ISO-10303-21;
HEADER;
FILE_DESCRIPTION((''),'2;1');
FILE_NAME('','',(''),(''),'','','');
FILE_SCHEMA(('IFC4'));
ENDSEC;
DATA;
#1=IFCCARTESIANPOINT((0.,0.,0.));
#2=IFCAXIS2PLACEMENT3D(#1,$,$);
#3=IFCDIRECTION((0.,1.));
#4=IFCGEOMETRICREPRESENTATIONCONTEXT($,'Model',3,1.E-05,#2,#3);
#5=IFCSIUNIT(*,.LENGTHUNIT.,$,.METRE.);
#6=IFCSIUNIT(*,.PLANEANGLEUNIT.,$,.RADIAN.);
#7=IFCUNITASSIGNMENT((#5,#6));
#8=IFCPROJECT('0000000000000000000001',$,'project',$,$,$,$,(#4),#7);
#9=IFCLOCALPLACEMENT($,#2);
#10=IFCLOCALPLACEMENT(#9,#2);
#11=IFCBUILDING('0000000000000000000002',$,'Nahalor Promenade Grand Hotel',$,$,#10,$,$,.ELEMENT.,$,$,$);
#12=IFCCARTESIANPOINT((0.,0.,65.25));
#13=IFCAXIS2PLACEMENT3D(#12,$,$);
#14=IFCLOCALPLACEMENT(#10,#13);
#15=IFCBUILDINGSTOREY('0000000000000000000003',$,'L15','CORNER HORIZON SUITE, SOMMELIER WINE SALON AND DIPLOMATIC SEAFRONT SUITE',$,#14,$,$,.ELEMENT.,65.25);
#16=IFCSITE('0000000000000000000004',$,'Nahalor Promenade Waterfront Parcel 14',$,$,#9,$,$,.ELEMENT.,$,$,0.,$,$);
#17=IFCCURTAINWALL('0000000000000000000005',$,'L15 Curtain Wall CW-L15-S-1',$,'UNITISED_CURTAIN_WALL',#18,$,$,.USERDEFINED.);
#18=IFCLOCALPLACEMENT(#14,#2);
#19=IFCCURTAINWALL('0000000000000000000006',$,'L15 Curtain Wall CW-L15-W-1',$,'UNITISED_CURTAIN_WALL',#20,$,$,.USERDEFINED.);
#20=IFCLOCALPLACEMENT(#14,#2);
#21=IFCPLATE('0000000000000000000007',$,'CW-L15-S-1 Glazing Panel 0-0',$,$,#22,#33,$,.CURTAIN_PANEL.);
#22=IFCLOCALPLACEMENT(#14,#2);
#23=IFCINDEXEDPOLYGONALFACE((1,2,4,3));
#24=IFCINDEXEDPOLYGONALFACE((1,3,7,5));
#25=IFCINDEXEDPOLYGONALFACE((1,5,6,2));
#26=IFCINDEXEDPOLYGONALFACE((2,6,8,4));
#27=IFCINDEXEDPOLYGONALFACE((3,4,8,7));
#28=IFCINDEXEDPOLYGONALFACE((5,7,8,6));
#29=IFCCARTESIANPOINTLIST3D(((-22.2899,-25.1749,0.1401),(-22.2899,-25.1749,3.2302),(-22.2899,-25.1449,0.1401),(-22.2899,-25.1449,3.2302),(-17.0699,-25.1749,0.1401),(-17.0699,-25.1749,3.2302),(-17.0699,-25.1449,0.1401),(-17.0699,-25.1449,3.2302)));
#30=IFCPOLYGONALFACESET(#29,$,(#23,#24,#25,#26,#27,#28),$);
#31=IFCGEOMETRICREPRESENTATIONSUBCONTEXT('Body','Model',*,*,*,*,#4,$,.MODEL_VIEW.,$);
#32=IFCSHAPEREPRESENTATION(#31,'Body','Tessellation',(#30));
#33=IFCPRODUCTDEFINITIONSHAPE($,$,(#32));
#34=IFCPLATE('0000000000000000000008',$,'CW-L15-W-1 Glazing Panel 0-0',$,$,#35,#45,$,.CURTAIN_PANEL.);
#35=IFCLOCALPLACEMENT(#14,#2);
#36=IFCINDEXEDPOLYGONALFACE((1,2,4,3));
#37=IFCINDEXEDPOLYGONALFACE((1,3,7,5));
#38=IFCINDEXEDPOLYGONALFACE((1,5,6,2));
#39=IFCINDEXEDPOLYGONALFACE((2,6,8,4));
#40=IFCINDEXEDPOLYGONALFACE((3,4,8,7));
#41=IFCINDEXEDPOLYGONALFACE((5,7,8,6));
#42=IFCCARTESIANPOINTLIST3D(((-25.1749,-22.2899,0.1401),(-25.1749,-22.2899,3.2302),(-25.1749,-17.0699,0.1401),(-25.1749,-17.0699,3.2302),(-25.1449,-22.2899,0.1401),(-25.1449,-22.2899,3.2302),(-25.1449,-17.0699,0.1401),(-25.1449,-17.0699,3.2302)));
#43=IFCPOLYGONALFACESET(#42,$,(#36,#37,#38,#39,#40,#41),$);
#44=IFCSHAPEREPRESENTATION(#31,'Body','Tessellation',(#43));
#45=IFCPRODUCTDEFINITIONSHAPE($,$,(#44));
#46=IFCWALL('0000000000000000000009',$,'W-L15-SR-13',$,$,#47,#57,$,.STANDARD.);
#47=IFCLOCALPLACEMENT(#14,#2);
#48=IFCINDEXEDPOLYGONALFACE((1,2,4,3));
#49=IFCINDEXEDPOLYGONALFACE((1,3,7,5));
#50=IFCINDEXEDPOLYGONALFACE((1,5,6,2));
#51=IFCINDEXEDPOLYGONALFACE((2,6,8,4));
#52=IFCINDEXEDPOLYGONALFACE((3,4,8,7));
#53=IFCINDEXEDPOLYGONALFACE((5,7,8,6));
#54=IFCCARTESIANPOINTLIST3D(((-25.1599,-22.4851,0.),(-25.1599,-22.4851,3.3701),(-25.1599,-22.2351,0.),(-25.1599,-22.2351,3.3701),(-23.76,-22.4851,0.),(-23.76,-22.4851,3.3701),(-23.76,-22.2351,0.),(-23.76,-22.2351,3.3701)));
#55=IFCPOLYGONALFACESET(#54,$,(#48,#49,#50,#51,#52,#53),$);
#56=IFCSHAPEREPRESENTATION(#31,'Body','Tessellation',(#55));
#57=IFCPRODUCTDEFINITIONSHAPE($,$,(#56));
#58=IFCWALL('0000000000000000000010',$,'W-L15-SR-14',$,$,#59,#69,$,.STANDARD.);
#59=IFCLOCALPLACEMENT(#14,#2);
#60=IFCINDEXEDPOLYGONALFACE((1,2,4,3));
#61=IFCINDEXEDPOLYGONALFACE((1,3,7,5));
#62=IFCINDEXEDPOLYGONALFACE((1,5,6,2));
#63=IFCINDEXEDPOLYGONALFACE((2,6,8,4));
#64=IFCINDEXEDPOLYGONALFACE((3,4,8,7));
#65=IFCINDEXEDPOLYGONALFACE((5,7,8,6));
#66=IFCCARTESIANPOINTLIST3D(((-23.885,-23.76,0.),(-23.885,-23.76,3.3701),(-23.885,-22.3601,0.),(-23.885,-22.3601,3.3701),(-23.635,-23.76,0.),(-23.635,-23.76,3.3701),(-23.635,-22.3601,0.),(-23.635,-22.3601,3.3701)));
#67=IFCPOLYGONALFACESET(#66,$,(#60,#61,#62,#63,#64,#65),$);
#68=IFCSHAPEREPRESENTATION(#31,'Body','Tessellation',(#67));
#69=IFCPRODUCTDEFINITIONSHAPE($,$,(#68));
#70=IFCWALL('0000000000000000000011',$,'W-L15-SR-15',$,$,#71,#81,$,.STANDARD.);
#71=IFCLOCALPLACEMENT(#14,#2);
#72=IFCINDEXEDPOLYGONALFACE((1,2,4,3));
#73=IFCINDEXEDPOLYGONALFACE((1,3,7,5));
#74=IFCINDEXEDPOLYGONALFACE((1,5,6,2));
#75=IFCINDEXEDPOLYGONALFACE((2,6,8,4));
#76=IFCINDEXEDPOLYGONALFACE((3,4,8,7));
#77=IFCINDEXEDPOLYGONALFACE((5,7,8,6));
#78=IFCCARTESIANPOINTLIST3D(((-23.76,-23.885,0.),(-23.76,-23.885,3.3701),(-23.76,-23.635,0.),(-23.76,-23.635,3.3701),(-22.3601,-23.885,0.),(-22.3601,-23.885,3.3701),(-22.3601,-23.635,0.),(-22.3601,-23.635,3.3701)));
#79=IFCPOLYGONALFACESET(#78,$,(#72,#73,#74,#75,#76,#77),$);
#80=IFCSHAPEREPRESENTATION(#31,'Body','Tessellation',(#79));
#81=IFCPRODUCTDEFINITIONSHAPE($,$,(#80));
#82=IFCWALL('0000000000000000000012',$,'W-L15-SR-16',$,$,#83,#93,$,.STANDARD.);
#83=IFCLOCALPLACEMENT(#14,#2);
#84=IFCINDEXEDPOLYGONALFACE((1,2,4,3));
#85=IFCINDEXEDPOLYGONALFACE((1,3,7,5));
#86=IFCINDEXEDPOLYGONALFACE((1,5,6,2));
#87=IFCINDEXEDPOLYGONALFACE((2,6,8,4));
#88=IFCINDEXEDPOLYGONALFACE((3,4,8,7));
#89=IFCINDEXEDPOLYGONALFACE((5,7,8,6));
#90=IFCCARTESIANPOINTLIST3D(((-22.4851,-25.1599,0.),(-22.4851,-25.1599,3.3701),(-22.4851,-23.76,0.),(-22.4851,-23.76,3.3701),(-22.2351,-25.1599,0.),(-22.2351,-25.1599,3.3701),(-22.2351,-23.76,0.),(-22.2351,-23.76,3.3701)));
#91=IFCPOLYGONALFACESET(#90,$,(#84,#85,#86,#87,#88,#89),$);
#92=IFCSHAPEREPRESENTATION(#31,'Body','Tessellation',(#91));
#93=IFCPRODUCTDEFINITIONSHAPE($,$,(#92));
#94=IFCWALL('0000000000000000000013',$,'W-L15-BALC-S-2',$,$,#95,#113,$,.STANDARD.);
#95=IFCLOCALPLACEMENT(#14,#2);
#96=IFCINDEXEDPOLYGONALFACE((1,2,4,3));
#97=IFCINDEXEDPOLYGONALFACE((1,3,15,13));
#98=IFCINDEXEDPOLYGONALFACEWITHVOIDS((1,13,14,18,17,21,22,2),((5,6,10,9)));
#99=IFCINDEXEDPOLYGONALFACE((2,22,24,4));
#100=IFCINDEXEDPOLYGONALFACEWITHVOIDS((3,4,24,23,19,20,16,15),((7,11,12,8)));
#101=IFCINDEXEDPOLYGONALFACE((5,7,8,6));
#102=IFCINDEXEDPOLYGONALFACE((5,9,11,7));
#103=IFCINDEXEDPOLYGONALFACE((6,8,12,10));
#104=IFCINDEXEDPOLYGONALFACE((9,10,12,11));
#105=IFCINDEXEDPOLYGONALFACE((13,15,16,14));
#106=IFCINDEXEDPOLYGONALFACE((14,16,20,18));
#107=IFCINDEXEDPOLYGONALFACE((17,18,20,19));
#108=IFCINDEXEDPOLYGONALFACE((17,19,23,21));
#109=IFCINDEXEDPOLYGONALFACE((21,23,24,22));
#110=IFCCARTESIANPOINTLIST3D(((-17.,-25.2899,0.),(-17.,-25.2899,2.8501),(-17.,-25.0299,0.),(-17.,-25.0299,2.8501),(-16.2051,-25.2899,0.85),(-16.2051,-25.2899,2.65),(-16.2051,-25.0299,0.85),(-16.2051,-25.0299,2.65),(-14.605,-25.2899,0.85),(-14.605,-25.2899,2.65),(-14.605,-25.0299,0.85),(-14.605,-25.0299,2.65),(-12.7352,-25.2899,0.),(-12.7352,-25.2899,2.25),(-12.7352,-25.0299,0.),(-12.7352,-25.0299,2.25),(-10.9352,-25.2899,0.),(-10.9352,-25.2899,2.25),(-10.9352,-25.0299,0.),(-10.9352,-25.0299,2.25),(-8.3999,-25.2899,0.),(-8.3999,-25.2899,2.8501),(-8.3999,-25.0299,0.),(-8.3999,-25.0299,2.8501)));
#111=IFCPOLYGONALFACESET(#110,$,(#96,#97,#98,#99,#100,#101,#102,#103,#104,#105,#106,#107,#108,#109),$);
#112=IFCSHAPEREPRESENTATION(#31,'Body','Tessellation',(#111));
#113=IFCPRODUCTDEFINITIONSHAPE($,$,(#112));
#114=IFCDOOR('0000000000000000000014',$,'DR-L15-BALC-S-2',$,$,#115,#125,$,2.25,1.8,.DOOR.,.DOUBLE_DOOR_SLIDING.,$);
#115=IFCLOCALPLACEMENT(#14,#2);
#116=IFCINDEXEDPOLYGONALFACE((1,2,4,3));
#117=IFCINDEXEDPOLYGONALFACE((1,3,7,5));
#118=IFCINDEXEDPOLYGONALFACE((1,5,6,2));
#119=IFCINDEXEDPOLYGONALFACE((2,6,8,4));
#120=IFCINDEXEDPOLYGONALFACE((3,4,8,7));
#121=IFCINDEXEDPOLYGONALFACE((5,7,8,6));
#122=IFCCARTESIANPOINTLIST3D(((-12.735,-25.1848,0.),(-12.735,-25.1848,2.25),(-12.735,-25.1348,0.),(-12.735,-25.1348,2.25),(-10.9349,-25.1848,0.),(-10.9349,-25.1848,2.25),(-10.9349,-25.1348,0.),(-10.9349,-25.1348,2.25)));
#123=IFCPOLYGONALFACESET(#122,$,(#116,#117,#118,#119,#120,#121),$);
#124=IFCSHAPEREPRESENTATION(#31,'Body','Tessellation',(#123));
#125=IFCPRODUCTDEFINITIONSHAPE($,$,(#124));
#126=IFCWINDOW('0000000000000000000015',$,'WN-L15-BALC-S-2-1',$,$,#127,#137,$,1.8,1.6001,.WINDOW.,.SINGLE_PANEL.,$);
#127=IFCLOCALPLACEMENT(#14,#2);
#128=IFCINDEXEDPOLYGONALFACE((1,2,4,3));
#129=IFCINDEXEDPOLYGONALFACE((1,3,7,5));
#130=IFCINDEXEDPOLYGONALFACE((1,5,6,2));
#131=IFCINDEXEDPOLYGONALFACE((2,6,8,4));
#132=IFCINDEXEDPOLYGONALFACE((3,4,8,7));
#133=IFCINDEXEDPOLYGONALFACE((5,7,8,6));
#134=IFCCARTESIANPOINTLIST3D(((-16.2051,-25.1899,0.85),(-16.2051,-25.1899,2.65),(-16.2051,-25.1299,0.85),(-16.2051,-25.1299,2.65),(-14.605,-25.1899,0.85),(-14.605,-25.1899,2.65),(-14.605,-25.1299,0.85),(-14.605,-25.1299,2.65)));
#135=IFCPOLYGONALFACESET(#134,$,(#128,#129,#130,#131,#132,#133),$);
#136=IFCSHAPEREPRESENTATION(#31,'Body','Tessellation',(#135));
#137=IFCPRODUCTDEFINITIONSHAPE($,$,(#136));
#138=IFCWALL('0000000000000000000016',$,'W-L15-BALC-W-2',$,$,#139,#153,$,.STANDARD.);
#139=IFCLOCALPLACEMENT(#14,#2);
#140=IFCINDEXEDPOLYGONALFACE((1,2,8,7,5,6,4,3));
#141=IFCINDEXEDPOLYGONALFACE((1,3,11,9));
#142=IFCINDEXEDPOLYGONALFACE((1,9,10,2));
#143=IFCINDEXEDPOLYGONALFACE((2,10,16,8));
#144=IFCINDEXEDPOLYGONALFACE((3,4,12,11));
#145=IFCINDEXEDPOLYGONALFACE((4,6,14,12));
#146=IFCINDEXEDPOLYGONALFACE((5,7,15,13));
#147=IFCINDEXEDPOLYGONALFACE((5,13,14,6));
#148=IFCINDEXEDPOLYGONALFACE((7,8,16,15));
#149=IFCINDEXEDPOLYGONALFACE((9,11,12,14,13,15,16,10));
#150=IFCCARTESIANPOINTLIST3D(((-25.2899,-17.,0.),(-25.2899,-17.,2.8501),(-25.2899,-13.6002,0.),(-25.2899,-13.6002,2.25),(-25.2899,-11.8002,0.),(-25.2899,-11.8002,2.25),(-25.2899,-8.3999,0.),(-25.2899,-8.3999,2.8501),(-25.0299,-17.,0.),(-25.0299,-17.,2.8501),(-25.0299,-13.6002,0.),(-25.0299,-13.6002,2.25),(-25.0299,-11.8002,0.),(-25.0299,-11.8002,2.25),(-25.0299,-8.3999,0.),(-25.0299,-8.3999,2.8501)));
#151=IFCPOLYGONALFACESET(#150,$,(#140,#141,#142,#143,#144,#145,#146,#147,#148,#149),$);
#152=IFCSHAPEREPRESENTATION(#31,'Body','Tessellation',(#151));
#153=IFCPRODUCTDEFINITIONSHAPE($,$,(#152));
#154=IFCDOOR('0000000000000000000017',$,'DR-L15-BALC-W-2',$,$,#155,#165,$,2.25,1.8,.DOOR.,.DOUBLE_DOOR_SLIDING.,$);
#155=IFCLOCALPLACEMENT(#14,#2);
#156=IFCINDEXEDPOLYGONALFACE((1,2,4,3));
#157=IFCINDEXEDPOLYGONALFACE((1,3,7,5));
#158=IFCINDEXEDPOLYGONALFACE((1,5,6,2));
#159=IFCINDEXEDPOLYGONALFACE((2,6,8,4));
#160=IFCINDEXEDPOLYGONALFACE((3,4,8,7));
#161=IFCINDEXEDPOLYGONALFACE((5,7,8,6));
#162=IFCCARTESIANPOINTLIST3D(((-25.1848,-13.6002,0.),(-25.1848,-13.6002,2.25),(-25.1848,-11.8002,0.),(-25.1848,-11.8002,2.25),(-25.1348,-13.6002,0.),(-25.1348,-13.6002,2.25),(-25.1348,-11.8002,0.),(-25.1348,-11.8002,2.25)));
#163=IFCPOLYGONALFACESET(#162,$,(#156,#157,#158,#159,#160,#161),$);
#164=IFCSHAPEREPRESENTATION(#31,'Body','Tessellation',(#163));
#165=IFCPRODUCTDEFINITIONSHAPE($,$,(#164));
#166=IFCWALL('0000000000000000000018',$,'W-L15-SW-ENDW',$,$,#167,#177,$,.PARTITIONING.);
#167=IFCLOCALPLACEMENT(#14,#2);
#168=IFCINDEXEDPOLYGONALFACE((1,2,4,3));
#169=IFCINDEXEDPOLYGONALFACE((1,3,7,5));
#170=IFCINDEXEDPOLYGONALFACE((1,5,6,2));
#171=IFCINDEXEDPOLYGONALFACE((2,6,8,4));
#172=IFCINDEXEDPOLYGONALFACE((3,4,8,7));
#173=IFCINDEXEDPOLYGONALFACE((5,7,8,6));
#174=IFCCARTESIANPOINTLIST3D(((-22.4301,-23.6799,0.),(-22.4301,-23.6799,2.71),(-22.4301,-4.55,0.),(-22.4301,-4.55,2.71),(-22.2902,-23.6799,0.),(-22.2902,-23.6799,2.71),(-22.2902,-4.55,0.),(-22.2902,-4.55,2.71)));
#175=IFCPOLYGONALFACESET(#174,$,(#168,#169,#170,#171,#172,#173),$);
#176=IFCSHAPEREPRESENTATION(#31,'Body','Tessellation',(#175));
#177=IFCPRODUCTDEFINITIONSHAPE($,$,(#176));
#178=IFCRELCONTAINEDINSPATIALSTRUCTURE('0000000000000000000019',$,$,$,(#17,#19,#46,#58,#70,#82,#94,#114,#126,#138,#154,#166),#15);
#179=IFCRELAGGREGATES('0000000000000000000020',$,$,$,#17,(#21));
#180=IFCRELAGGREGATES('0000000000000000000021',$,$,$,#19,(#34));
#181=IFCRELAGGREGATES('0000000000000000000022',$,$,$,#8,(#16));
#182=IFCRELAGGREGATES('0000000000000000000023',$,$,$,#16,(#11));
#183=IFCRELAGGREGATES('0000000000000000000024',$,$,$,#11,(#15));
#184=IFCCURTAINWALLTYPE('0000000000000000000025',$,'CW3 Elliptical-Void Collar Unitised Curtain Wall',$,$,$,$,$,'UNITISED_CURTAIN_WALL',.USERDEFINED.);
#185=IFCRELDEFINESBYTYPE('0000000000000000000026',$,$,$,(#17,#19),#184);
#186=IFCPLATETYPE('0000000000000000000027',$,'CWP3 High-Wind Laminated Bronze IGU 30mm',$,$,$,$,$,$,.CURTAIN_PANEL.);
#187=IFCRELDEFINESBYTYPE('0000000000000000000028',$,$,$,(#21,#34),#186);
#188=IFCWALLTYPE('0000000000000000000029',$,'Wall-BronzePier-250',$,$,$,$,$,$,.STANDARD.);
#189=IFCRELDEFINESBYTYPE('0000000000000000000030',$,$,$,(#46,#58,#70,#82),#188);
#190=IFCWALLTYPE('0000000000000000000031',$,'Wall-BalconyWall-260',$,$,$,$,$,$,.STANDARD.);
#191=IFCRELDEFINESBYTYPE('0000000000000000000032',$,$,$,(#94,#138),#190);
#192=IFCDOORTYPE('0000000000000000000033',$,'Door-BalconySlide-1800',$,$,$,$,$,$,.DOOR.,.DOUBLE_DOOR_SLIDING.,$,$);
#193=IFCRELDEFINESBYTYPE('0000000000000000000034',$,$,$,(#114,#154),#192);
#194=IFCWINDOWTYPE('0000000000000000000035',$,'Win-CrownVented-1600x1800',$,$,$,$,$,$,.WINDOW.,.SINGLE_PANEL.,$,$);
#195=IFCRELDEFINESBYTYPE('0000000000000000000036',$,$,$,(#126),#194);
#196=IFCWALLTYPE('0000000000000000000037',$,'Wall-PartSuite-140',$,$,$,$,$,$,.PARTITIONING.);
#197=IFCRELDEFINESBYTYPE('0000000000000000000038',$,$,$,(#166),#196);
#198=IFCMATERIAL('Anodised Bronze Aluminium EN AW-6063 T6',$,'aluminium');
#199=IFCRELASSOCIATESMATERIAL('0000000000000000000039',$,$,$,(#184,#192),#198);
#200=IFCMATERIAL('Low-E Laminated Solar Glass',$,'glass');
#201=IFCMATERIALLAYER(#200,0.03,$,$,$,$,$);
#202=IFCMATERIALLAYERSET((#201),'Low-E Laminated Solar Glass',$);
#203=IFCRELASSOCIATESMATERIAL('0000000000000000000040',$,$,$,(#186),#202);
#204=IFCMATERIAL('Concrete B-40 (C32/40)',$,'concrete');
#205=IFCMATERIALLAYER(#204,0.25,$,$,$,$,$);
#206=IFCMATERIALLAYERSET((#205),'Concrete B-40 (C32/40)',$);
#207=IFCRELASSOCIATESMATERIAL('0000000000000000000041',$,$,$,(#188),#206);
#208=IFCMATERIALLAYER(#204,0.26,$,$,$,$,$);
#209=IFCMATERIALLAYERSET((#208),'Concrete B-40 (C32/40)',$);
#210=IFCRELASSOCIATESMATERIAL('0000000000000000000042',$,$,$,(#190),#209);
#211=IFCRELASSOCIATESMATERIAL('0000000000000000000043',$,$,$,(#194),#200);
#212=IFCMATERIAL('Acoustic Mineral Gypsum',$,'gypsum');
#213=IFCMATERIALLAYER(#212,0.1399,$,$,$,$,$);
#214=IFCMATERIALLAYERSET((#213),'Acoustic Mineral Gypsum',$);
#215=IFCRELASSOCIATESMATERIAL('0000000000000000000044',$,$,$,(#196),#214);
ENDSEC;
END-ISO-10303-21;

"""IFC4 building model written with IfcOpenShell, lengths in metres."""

from ifc_helpers import new_model, si_unit, direction, frame, frame_2d, origin, origin_2d, place, context, subcontext, project, spatial, rectangle, extrude, source, transform, mapped, material, layer, layer_set, type_object, element, fill, aggregate, save


model = new_model("IFC4")

# Units and contexts
model_context = context("Model", 3, precision=1e-05, world=origin(), true_north=direction((0.0, 1.0)))
body_context = subcontext(model_context, "Body", "Model", "MODEL_VIEW")
ifc_project = project(units=[si_unit("LENGTHUNIT", "METRE"), si_unit("PLANEANGLEUNIT", "RADIAN")], contexts=[model_context])

# Site, building, storey
site_placement = place(None, origin())
site = spatial("IfcSite", under=ifc_project, at=site_placement, Name="Nahalor Promenade Waterfront Parcel 14", CompositionType="ELEMENT", RefElevation=0.0)
building_placement = place(site_placement, origin())
building = spatial("IfcBuilding", under=site, at=building_placement, Name="Nahalor Promenade Grand Hotel", CompositionType="ELEMENT")
storey_placement = place(building_placement, frame((0.0, 0.0, 65.25)))
storey = spatial("IfcBuildingStorey", under=building, at=storey_placement, Name="L15", Description="CORNER HORIZON SUITE, SOMMELIER WINE SALON AND DIPLOMATIC SEAFRONT SUITE", CompositionType="ELEMENT", Elevation=65.25)

# Curtain walls
ifc_material_1 = material(Name="Anodised Bronze Aluminium EN AW-6063 T6", Category="aluminium")
curtain_wall_type = type_object("IfcCurtainWallType", Name="CW3 Elliptical-Void Collar Unitised Curtain Wall", ElementType="UNITISED_CURTAIN_WALL", PredefinedType="USERDEFINED", material=ifc_material_1)
curtain_wall_1_placement = place(storey_placement, origin())
curtain_wall_1 = element("IfcCurtainWall", 1, at=curtain_wall_1_placement, inside=storey, type_object=curtain_wall_type, Name="L15 Curtain Wall CW-L15-S-1", ObjectType="UNITISED_CURTAIN_WALL", PredefinedType="USERDEFINED")
curtain_wall_2_placement = place(storey_placement, origin())
curtain_wall_2 = element("IfcCurtainWall", 2, at=curtain_wall_2_placement, inside=storey, type_object=curtain_wall_type, Name="L15 Curtain Wall CW-L15-W-1", ObjectType="UNITISED_CURTAIN_WALL", PredefinedType="USERDEFINED")

# Plates
ifc_material_2 = material(Name="Low-E Laminated Solar Glass", Category="glass")
ifc_layer_1 = layer(ifc_material_2, 0.03)
ifc_layer_set_1 = layer_set([ifc_layer_1], Name="Low-E Laminated Solar Glass")
plate_type = type_object("IfcPlateType", Name="CWP3 High-Wind Laminated Bronze IGU 30mm", PredefinedType="CURTAIN_PANEL", material=ifc_layer_set_1)
shared_shape_1 = source(origin(), body_context, "Body", "SweptSolid", [
    extrude(rectangle(XDim=5.22, YDim=0.03, at=origin_2d()), origin(), (0.0, 0.0, 1.0), 3.0901),
])
plate_1_placement = place(storey_placement, frame((-19.6799, -25.1599, 0.1401), z_axis=(0.0, 0.0, 1.0), x_axis=(1.0, 0.0, 0.0)))
plate_1 = element("IfcPlate", 3, at=plate_1_placement, type_object=plate_type, Name="CW-L15-S-1 Glazing Panel 0-0", PredefinedType="CURTAIN_PANEL", context=body_context, shape_type="MappedRepresentation", body=[
    mapped(shared_shape_1, transform((0.0, 0.0, 0.0), scale=1.0)),
])
aggregate(curtain_wall_1, [plate_1])
plate_2_placement = place(storey_placement, frame((-25.1599, -19.6799, 0.1401), z_axis=(0.0, 0.0, 1.0), x_axis=(0.0, 1.0, 0.0)))
plate_2 = element("IfcPlate", 4, at=plate_2_placement, type_object=plate_type, Name="CW-L15-W-1 Glazing Panel 0-0", PredefinedType="CURTAIN_PANEL", context=body_context, shape_type="MappedRepresentation", body=[
    mapped(shared_shape_1, transform((0.0, 0.0, 0.0), scale=1.0)),
])
aggregate(curtain_wall_2, [plate_2])

# Walls
ifc_material_3 = material(Name="Concrete B-40 (C32/40)", Category="concrete")
ifc_layer_2 = layer(ifc_material_3, 0.25)
ifc_layer_set_2 = layer_set([ifc_layer_2], Name="Concrete B-40 (C32/40)")
wall_type_1 = type_object("IfcWallType", Name="Wall-BronzePier-250", PredefinedType="STANDARD", material=ifc_layer_set_2)
shared_shape_2 = source(origin(), body_context, "Body", "SweptSolid", [
    extrude(rectangle(XDim=1.3999, YDim=0.25, at=frame_2d((0.7, 0.0))), origin(), (0.0, 0.0, 1.0), 3.3701),
])
for number, where, z_axis, x_axis, name in (
    (5, (-25.1599, -22.3601, 0.0), (0.0, 0.0, 1.0), (1.0, 0.0, 0.0), "W-L15-SR-13"),
    (6, (-23.76, -23.76, 0.0), (0.0, 0.0, 1.0), (0.0, 1.0, 0.0), "W-L15-SR-14"),
    (7, (-23.76, -23.76, 0.0), (0.0, 0.0, 1.0), (1.0, 0.0, 0.0), "W-L15-SR-15"),
    (8, (-22.3601, -25.1599, 0.0), (0.0, 0.0, 1.0), (0.0, 1.0, 0.0), "W-L15-SR-16"),
):
    element("IfcWall", number, at=place(storey_placement, frame(where, z_axis=z_axis, x_axis=x_axis)), inside=storey, type_object=wall_type_1, Name=name, PredefinedType="STANDARD", context=body_context, shape_type="MappedRepresentation", body=[
        mapped(shared_shape_2, transform((0.0, 0.0, 0.0), scale=1.0)),
    ])

# Wall, openings, door, window
ifc_layer_3 = layer(ifc_material_3, 0.26)
ifc_layer_set_3 = layer_set([ifc_layer_3], Name="Concrete B-40 (C32/40)")
wall_type_2 = type_object("IfcWallType", Name="Wall-BalconyWall-260", PredefinedType="STANDARD", material=ifc_layer_set_3)
shared_shape_3 = source(origin(), body_context, "Body", "SweptSolid", [
    extrude(rectangle(XDim=8.6001, YDim=0.26, at=frame_2d((4.3, 0.0))), origin(), (0.0, 0.0, 1.0), 2.8501),
])
wall_1_placement = place(storey_placement, frame((-17.0, -25.1599, 0.0), z_axis=(0.0, 0.0, 1.0), x_axis=(1.0, 0.0, 0.0)))
wall_1 = element("IfcWall", 9, at=wall_1_placement, inside=storey, type_object=wall_type_2, Name="W-L15-BALC-S-2", PredefinedType="STANDARD", context=body_context, shape_type="MappedRepresentation", body=[
    mapped(shared_shape_3, transform((0.0, 0.0, 0.0), scale=1.0)),
])
opening_1_placement = place(wall_1_placement, frame((4.2649, 0.0, 0.0)))
opening_1 = element("IfcOpeningElement", 10, at=opening_1_placement, cuts=wall_1, PredefinedType="OPENING", context=body_context, shape_type="SweptSolid", body=[
    extrude(rectangle(XDim=1.8, YDim=2.25, at=frame_2d((0.8999, 1.125))), frame((0.0, 0.1399, 0.0), z_axis=(0.0, -1.0, 0.0), x_axis=(1.0, 0.0, 0.0)), (0.0, 0.0, 1.0), 0.28),
])
opening_2_placement = place(wall_1_placement, frame((0.7949, 0.0, 0.8501)))
opening_2 = element("IfcOpeningElement", 11, at=opening_2_placement, cuts=wall_1, PredefinedType="OPENING", context=body_context, shape_type="SweptSolid", body=[
    extrude(rectangle(XDim=1.6001, YDim=1.8, at=frame_2d((0.8, 0.8999))), frame((0.0, 0.1399, 0.0), z_axis=(0.0, -1.0, 0.0), x_axis=(1.0, 0.0, 0.0)), (0.0, 0.0, 1.0), 0.28),
])
door_type_1 = type_object("IfcDoorType", Name="Door-BalconySlide-1800", OperationType="DOUBLE_DOOR_SLIDING", PredefinedType="DOOR", material=ifc_material_1)
shared_shape_4 = source(origin(), body_context, "Body", "SweptSolid", [
    extrude(rectangle(XDim=1.8, YDim=2.25, at=frame_2d((0.8999, 1.125))), frame((0.0, 0.0249, 0.0), z_axis=(0.0, -1.0, 0.0), x_axis=(1.0, 0.0, 0.0)), (0.0, 0.0, 1.0), 0.05),
])
door_1_placement = place(opening_1_placement, frame((1.8, 0.0, 0.0), z_axis=(0.0, 0.0, 1.0), x_axis=(-1.0, 0.0, 0.0)))
door_1 = element("IfcDoor", 12, at=door_1_placement, inside=storey, type_object=door_type_1, Name="DR-L15-BALC-S-2", OperationType="DOUBLE_DOOR_SLIDING", OverallHeight=2.25, OverallWidth=1.8, PredefinedType="DOOR", context=body_context, shape_type="MappedRepresentation", body=[
    mapped(shared_shape_4, transform((0.0, 0.0, 0.0), scale=1.0)),
])
fill(opening_1, door_1)
window_type = type_object("IfcWindowType", Name="Win-CrownVented-1600x1800", PartitioningType="SINGLE_PANEL", PredefinedType="WINDOW", material=ifc_material_2)
shared_shape_5 = source(origin(), body_context, "Body", "SweptSolid", [
    extrude(rectangle(XDim=1.6001, YDim=1.8, at=frame_2d((0.8, 0.8999))), frame((0.0, 0.03, 0.0), z_axis=(0.0, -1.0, 0.0), x_axis=(1.0, 0.0, 0.0)), (0.0, 0.0, 1.0), 0.0601),
])
window_placement = place(opening_2_placement, origin())
window = element("IfcWindow", 13, at=window_placement, inside=storey, type_object=window_type, Name="WN-L15-BALC-S-2-1", OverallHeight=1.8, OverallWidth=1.6001, PartitioningType="SINGLE_PANEL", PredefinedType="WINDOW", context=body_context, shape_type="MappedRepresentation", body=[
    mapped(shared_shape_5, transform((0.0, 0.0, 0.0), scale=1.0)),
])
fill(opening_2, window)

# Wall, opening, door
wall_2_placement = place(storey_placement, frame((-25.1599, -17.0, 0.0), z_axis=(0.0, 0.0, 1.0), x_axis=(0.0, 1.0, 0.0)))
wall_2 = element("IfcWall", 14, at=wall_2_placement, inside=storey, type_object=wall_type_2, Name="W-L15-BALC-W-2", PredefinedType="STANDARD", context=body_context, shape_type="MappedRepresentation", body=[
    mapped(shared_shape_3, transform((0.0, 0.0, 0.0), scale=1.0)),
])
opening_3_placement = place(wall_2_placement, frame((3.3999, 0.0, 0.0)))
opening_3 = element("IfcOpeningElement", 15, at=opening_3_placement, cuts=wall_2, PredefinedType="OPENING", context=body_context, shape_type="SweptSolid", body=[
    extrude(rectangle(XDim=1.8, YDim=2.25, at=frame_2d((0.8999, 1.125))), frame((0.0, 0.1399, 0.0), z_axis=(0.0, -1.0, 0.0), x_axis=(1.0, 0.0, 0.0)), (0.0, 0.0, 1.0), 0.28),
])
door_2_placement = place(opening_3_placement, origin())
door_2 = element("IfcDoor", 16, at=door_2_placement, inside=storey, type_object=door_type_1, Name="DR-L15-BALC-W-2", OperationType="DOUBLE_DOOR_SLIDING", OverallHeight=2.25, OverallWidth=1.8, PredefinedType="DOOR", context=body_context, shape_type="MappedRepresentation", body=[
    mapped(shared_shape_4, transform((0.0, 0.0, 0.0), scale=1.0)),
])
fill(opening_3, door_2)

# Wall
ifc_material_4 = material(Name="Acoustic Mineral Gypsum", Category="gypsum")
ifc_layer_4 = layer(ifc_material_4, 0.1399)
ifc_layer_set_4 = layer_set([ifc_layer_4], Name="Acoustic Mineral Gypsum")
wall_type_3 = type_object("IfcWallType", Name="Wall-PartSuite-140", PredefinedType="PARTITIONING", material=ifc_layer_set_4)
shared_shape_6 = source(origin(), body_context, "Body", "SweptSolid", [
    extrude(rectangle(XDim=19.1299, YDim=0.1399, at=frame_2d((9.5649, 0.0))), origin(), (0.0, 0.0, 1.0), 2.71),
])
wall_3_placement = place(storey_placement, frame((-22.3601, -23.6799, 0.0), z_axis=(0.0, 0.0, 1.0), x_axis=(0.0, 1.0, 0.0)))
element("IfcWall", 17, at=wall_3_placement, inside=storey, type_object=wall_type_3, Name="W-L15-SW-ENDW", PredefinedType="PARTITIONING", context=body_context, shape_type="MappedRepresentation", body=[
    mapped(shared_shape_6, transform((0.0, 0.0, 0.0), scale=1.0)),
])

save(model, "model.ifc")
